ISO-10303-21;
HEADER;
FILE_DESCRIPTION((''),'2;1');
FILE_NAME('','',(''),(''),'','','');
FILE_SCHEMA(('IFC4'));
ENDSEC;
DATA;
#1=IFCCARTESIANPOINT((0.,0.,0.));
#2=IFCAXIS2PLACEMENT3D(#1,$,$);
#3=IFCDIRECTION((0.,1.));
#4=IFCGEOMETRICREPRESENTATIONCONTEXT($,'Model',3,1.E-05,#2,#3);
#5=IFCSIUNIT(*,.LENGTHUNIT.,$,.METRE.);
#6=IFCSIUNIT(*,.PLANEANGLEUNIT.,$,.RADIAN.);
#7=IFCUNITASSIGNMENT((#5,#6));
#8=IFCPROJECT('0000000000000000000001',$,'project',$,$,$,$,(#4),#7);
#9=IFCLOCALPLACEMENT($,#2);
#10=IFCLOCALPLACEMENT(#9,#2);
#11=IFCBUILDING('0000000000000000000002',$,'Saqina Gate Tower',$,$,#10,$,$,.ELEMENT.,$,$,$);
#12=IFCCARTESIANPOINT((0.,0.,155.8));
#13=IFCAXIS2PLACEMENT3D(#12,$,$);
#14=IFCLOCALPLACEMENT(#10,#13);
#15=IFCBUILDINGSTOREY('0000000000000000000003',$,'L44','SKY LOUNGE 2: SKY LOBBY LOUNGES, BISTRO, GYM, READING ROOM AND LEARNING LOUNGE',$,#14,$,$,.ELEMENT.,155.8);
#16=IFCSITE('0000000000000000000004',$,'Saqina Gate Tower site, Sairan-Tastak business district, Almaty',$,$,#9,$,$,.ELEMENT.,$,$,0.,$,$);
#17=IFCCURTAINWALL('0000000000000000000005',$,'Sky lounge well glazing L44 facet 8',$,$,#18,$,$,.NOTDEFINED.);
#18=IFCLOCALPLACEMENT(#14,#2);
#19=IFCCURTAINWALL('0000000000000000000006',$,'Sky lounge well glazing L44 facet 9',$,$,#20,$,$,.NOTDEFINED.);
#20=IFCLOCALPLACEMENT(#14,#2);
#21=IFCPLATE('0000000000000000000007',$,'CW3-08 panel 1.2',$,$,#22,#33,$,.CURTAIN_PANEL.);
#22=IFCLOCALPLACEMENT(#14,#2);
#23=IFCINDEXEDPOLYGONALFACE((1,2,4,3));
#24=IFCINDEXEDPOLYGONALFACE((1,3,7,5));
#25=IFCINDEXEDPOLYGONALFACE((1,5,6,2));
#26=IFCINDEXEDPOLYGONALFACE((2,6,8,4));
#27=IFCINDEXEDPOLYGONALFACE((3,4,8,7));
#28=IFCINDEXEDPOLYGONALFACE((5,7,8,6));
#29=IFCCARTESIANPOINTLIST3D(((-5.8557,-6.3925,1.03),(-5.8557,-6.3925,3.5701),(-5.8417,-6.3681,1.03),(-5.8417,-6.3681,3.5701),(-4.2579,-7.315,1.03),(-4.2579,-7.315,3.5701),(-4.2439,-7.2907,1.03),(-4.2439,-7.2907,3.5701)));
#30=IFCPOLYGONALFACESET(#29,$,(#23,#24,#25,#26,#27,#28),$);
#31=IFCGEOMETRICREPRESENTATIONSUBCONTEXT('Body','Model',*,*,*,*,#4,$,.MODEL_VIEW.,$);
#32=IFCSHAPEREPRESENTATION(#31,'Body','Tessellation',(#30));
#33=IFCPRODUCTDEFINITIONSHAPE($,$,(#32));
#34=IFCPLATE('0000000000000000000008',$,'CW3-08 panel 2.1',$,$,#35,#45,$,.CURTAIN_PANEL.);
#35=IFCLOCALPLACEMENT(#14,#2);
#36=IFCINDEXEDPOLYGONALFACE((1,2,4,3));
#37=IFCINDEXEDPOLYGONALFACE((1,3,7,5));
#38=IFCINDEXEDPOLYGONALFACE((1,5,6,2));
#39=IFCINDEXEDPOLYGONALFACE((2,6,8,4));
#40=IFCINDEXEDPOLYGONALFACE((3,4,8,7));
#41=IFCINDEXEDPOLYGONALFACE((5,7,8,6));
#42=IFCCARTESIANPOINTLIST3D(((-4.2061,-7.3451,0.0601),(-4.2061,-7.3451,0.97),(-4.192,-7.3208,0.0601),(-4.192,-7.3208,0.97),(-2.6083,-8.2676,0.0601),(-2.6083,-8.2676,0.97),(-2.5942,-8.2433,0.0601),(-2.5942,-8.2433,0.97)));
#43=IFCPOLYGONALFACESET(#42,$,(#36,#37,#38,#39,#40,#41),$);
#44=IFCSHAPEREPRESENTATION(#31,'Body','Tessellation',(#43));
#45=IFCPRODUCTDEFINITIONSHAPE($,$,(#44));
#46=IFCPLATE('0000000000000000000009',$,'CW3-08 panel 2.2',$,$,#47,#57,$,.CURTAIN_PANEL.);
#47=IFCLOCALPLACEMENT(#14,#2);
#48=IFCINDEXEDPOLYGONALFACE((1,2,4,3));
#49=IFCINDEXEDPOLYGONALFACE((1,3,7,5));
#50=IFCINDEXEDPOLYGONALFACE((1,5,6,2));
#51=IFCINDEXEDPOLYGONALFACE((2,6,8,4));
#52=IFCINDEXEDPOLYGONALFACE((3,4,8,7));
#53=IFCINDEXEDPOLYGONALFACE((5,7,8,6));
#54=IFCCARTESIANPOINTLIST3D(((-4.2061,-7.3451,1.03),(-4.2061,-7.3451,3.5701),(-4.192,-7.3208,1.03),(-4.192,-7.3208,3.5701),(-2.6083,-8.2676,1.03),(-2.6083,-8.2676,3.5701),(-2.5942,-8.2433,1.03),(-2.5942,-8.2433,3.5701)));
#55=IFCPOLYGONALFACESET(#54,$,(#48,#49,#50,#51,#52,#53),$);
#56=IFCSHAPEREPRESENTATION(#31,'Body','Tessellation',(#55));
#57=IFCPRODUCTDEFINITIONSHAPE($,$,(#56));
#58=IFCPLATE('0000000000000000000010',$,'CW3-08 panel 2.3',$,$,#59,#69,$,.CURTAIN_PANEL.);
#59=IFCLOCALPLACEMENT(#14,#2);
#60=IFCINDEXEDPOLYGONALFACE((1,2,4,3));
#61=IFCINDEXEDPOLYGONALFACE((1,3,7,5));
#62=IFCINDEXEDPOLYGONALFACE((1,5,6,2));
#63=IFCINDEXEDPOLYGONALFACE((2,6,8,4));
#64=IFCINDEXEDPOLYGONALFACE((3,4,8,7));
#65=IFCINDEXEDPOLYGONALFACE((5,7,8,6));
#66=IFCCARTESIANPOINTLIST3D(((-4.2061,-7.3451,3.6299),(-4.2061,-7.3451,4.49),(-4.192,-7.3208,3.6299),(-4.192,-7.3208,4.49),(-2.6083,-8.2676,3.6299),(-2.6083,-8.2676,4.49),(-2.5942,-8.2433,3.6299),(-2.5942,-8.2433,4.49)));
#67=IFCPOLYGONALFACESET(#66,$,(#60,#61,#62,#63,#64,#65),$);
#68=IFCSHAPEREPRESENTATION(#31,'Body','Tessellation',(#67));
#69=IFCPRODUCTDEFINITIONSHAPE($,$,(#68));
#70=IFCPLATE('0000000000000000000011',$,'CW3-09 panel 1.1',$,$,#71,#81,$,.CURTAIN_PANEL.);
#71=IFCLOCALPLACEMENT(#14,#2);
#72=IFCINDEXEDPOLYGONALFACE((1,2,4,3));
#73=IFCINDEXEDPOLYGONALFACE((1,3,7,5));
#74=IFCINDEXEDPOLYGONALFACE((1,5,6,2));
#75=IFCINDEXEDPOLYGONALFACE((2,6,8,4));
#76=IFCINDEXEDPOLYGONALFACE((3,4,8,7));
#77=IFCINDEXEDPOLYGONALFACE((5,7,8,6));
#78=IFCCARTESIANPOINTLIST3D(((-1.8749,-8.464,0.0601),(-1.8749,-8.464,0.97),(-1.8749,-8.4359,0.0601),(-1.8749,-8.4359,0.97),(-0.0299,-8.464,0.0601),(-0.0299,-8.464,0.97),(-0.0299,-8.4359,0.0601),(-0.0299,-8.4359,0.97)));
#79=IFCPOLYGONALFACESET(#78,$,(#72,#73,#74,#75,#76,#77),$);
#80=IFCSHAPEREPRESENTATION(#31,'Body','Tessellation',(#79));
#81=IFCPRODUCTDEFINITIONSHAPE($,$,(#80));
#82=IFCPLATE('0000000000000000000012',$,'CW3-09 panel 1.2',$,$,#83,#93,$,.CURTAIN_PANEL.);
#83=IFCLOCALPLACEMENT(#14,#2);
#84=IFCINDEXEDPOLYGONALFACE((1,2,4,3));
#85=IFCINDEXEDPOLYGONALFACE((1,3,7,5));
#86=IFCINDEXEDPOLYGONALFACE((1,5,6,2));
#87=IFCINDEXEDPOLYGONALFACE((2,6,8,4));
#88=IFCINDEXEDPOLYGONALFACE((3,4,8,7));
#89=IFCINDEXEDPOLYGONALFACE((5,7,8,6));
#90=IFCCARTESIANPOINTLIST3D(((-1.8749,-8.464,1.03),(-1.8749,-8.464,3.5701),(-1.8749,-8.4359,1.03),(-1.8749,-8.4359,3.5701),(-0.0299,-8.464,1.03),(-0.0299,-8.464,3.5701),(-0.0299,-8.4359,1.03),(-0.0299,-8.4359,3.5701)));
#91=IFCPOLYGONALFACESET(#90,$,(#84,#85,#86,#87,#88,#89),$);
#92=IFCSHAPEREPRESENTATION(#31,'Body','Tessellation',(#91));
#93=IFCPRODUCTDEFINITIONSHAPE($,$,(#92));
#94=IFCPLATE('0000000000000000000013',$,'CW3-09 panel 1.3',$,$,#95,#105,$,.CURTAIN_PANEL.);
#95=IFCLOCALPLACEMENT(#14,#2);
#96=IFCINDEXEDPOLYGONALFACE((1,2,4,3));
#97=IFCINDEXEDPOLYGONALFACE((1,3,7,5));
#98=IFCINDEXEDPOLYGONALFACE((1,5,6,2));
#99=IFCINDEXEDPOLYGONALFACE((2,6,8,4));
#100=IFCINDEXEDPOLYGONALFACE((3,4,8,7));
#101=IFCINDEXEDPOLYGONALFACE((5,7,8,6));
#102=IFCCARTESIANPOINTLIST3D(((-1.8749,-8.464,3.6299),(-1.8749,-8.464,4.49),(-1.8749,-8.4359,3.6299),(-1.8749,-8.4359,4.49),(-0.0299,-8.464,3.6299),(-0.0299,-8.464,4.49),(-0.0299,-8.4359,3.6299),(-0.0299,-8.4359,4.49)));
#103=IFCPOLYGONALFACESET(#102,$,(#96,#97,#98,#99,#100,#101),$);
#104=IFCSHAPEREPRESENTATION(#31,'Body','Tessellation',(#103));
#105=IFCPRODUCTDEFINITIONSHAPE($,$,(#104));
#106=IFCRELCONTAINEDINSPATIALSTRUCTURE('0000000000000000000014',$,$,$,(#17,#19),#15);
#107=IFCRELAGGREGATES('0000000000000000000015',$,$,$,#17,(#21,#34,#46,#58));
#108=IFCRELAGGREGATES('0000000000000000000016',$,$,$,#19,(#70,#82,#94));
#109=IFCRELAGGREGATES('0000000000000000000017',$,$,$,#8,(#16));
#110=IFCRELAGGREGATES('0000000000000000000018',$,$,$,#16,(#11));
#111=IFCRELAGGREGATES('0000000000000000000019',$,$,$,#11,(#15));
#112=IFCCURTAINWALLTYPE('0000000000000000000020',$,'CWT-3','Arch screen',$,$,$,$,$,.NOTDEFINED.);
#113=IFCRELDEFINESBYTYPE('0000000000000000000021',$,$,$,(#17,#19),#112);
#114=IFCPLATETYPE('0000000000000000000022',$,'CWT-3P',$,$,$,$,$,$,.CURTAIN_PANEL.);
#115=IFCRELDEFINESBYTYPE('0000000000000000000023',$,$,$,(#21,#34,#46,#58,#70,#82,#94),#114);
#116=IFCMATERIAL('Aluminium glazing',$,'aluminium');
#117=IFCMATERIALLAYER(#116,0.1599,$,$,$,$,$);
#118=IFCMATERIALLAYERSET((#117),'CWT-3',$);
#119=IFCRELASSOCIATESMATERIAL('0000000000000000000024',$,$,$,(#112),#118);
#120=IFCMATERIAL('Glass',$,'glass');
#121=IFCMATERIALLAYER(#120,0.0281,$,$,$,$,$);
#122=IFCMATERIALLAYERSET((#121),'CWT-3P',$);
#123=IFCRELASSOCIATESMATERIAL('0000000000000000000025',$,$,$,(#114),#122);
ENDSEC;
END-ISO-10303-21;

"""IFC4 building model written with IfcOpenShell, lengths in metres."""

from ifc_helpers import new_model, si_unit, direction, frame, origin, origin_2d, place, context, subcontext, project, spatial, rectangle, extrude, material, layer, layer_set, type_object, element, aggregate, save


model = new_model("IFC4")

# Units and contexts
model_context = context("Model", 3, precision=1e-05, world=origin(), true_north=direction((0.0, 1.0)))
body_context = subcontext(model_context, "Body", "Model", "MODEL_VIEW")
ifc_project = project(units=[si_unit("LENGTHUNIT", "METRE"), si_unit("PLANEANGLEUNIT", "RADIAN")], contexts=[model_context])

# Site, building, storey
site_placement = place(None, origin())
site = spatial("IfcSite", under=ifc_project, at=site_placement, Name="Saqina Gate Tower site, Sairan-Tastak business district, Almaty", CompositionType="ELEMENT", RefElevation=0.0)
building_placement = place(site_placement, origin())
building = spatial("IfcBuilding", under=site, at=building_placement, Name="Saqina Gate Tower", CompositionType="ELEMENT")
storey_placement = place(building_placement, frame((0.0, 0.0, 155.8)))
storey = spatial("IfcBuildingStorey", under=building, at=storey_placement, Name="L44", Description="SKY LOUNGE 2: SKY LOBBY LOUNGES, BISTRO, GYM, READING ROOM AND LEARNING LOUNGE", CompositionType="ELEMENT", Elevation=155.8)

# Curtain walls
ifc_material_1 = material(Name="Aluminium glazing", Category="aluminium")
ifc_layer_1 = layer(ifc_material_1, 0.1599)
ifc_layer_set_1 = layer_set([ifc_layer_1], Name="CWT-3")
curtain_wall_type = type_object("IfcCurtainWallType", Name="CWT-3", Description="Arch screen", PredefinedType="NOTDEFINED", material=ifc_layer_set_1)
curtain_wall_1_placement = place(storey_placement, origin())
curtain_wall_1 = element("IfcCurtainWall", 1, at=curtain_wall_1_placement, inside=storey, type_object=curtain_wall_type, Name="Sky lounge well glazing L44 facet 8", PredefinedType="NOTDEFINED")
curtain_wall_2_placement = place(storey_placement, origin())
curtain_wall_2 = element("IfcCurtainWall", 2, at=curtain_wall_2_placement, inside=storey, type_object=curtain_wall_type, Name="Sky lounge well glazing L44 facet 9", PredefinedType="NOTDEFINED")

# Plates
ifc_material_2 = material(Name="Glass", Category="glass")
ifc_layer_2 = layer(ifc_material_2, 0.0281)
ifc_layer_set_2 = layer_set([ifc_layer_2], Name="CWT-3P")
plate_type = type_object("IfcPlateType", Name="CWT-3P", PredefinedType="CURTAIN_PANEL", material=ifc_layer_set_2)
plate_1_placement = place(storey_placement, frame((-5.0498, -6.8416, 1.03), z_axis=(0.0, 0.0, 1.0), x_axis=(0.866018, -0.500013, 0.0)))
plate_1 = element("IfcPlate", 3, at=plate_1_placement, type_object=plate_type, Name="CW3-08 panel 1.2", PredefinedType="CURTAIN_PANEL", context=body_context, shape_type="SweptSolid", body=[
    extrude(rectangle(XDim=1.845, YDim=0.0281, at=origin_2d()), origin(), (0.0, 0.0, 1.0), 2.54),
])
plate_2_placement = place(storey_placement, frame((-3.4001, -7.7942, 0.0601), z_axis=(0.0, 0.0, 1.0), x_axis=(0.866018, -0.500013, 0.0)))
plate_2 = element("IfcPlate", 4, at=plate_2_placement, type_object=plate_type, Name="CW3-08 panel 2.1", PredefinedType="CURTAIN_PANEL", context=body_context, shape_type="SweptSolid", body=[
    extrude(rectangle(XDim=1.845, YDim=0.0281, at=origin_2d()), origin(), (0.0, 0.0, 1.0), 0.9099),
])
plate_3_placement = place(storey_placement, frame((-3.4001, -7.7942, 1.03), z_axis=(0.0, 0.0, 1.0), x_axis=(0.866018, -0.500013, 0.0)))
plate_3 = element("IfcPlate", 5, at=plate_3_placement, type_object=plate_type, Name="CW3-08 panel 2.2", PredefinedType="CURTAIN_PANEL", context=body_context, shape_type="SweptSolid", body=[
    extrude(rectangle(XDim=1.845, YDim=0.0281, at=origin_2d()), origin(), (0.0, 0.0, 1.0), 2.54),
])
plate_4_placement = place(storey_placement, frame((-3.4001, -7.7942, 3.6299), z_axis=(0.0, 0.0, 1.0), x_axis=(0.866018, -0.500013, 0.0)))
plate_4 = element("IfcPlate", 6, at=plate_4_placement, type_object=plate_type, Name="CW3-08 panel 2.3", PredefinedType="CURTAIN_PANEL", context=body_context, shape_type="SweptSolid", body=[
    extrude(rectangle(XDim=1.845, YDim=0.0281, at=origin_2d()), origin(), (0.0, 0.0, 1.0), 0.8601),
])
aggregate(curtain_wall_1, [plate_1, plate_2, plate_3, plate_4])
plate_5_placement = place(storey_placement, frame((-0.9524, -8.45, 0.0601), z_axis=(0.0, 0.0, 1.0), x_axis=(1.0, 0.0, 0.0)))
plate_5 = element("IfcPlate", 7, at=plate_5_placement, type_object=plate_type, Name="CW3-09 panel 1.1", PredefinedType="CURTAIN_PANEL", context=body_context, shape_type="SweptSolid", body=[
    extrude(rectangle(XDim=1.845, YDim=0.0281, at=origin_2d()), origin(), (0.0, 0.0, 1.0), 0.9099),
])
plate_6_placement = place(storey_placement, frame((-0.9524, -8.45, 1.03), z_axis=(0.0, 0.0, 1.0), x_axis=(1.0, 0.0, 0.0)))
plate_6 = element("IfcPlate", 8, at=plate_6_placement, type_object=plate_type, Name="CW3-09 panel 1.2", PredefinedType="CURTAIN_PANEL", context=body_context, shape_type="SweptSolid", body=[
    extrude(rectangle(XDim=1.845, YDim=0.0281, at=origin_2d()), origin(), (0.0, 0.0, 1.0), 2.54),
])
plate_7_placement = place(storey_placement, frame((-0.9524, -8.45, 3.6299), z_axis=(0.0, 0.0, 1.0), x_axis=(1.0, 0.0, 0.0)))
plate_7 = element("IfcPlate", 9, at=plate_7_placement, type_object=plate_type, Name="CW3-09 panel 1.3", PredefinedType="CURTAIN_PANEL", context=body_context, shape_type="SweptSolid", body=[
    extrude(rectangle(XDim=1.845, YDim=0.0281, at=origin_2d()), origin(), (0.0, 0.0, 1.0), 0.8601),
])
aggregate(curtain_wall_2, [plate_5, plate_6, plate_7])

save(model, "model.ifc")
